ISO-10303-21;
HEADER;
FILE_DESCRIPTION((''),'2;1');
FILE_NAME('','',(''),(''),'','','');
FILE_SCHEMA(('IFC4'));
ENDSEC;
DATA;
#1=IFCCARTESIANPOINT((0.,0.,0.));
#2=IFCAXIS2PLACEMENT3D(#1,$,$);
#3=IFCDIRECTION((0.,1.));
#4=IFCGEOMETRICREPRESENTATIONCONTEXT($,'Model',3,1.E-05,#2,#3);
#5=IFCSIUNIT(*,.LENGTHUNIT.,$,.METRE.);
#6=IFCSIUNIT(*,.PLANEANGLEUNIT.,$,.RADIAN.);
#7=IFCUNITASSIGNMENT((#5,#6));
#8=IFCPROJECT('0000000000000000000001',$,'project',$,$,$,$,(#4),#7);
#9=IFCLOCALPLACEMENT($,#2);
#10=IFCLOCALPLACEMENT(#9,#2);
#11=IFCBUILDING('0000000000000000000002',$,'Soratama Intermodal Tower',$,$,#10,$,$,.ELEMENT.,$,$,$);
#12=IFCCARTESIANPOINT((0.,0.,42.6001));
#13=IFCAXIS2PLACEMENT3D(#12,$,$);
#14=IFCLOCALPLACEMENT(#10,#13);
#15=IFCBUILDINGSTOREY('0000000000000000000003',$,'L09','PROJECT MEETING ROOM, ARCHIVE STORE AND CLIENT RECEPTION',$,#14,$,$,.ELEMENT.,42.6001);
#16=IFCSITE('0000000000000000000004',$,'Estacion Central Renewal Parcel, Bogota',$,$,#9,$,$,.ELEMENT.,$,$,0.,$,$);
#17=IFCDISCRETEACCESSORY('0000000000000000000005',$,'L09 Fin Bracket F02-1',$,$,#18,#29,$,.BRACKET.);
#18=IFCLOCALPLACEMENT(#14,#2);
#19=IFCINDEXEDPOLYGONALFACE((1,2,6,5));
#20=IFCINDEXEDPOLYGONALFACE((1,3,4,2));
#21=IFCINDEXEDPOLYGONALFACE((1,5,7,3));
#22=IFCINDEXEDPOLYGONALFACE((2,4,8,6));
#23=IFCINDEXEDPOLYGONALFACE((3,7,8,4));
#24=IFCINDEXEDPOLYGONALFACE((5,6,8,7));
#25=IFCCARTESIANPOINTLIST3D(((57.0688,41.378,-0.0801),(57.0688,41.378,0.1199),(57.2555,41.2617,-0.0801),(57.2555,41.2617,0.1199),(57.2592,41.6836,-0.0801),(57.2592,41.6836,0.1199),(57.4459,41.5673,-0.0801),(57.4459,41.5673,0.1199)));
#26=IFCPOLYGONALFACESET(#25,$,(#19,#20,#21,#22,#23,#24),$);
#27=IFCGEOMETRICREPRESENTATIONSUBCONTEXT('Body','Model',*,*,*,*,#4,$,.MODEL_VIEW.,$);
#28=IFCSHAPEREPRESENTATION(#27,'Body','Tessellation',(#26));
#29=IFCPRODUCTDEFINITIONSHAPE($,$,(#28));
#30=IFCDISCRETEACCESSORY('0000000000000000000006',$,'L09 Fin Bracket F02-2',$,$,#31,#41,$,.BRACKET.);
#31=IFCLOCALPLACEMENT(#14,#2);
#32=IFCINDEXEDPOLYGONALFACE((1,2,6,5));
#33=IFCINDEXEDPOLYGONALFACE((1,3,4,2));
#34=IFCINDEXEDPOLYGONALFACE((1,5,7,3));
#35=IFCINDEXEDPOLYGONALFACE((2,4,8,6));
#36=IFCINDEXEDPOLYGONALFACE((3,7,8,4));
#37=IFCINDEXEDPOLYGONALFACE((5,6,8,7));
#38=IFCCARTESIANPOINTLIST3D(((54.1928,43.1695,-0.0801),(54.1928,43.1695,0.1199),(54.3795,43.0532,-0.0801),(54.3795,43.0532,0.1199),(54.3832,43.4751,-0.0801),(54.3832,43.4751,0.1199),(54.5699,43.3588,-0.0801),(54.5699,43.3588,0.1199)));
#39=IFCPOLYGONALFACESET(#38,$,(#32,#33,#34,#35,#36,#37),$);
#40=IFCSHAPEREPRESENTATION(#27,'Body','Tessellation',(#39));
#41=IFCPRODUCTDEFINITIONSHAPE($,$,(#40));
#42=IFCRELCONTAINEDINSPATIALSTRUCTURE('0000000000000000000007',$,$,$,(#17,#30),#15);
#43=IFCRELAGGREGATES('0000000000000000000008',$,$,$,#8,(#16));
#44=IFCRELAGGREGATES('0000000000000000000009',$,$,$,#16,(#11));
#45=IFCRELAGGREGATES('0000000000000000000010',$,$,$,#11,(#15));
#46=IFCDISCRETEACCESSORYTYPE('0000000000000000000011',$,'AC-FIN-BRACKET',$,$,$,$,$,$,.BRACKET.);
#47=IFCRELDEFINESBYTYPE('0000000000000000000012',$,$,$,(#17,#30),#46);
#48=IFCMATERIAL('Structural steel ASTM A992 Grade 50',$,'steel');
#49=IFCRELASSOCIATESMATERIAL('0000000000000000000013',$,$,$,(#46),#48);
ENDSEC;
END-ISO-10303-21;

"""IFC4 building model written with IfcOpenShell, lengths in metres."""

from ifc_helpers import new_model, si_unit, direction, frame, origin, origin_2d, place, context, subcontext, project, spatial, rectangle, extrude, material, type_object, element, save


model = new_model("IFC4")

# Units and contexts
model_context = context("Model", 3, precision=1e-05, world=origin(), true_north=direction((0.0, 1.0)))
body_context = subcontext(model_context, "Body", "Model", "MODEL_VIEW")
ifc_project = project(units=[si_unit("LENGTHUNIT", "METRE"), si_unit("PLANEANGLEUNIT", "RADIAN")], contexts=[model_context])

# Site, building, storey
site_placement = place(None, origin())
site = spatial("IfcSite", under=ifc_project, at=site_placement, Name="Estacion Central Renewal Parcel, Bogota", CompositionType="ELEMENT", RefElevation=0.0)
building_placement = place(site_placement, origin())
building = spatial("IfcBuilding", under=site, at=building_placement, Name="Soratama Intermodal Tower", CompositionType="ELEMENT")
storey_placement = place(building_placement, frame((0.0, 0.0, 42.6001)))
storey = spatial("IfcBuildingStorey", under=building, at=storey_placement, Name="L09", Description="PROJECT MEETING ROOM, ARCHIVE STORE AND CLIENT RECEPTION", CompositionType="ELEMENT", Elevation=42.6001)

# Discrete accessories
ifc_material_1 = material(Name="Structural steel ASTM A992 Grade 50", Category="steel")
discrete_accessory_type = type_object("IfcDiscreteAccessoryType", Name="AC-FIN-BRACKET", PredefinedType="BRACKET", material=ifc_material_1)
for number, where, z_axis, x_axis, name in (
    (1, (57.2573, 41.4727, -0.0801), (0.0, 0.0, 1.0), (0.528735, 0.848787, 0.0), "L09 Fin Bracket F02-1"),
    (2, (54.3813, 43.2642, -0.0801), (0.0, 0.0, 1.0), (0.528735, 0.848787, 0.0), "L09 Fin Bracket F02-2"),
):
    element("IfcDiscreteAccessory", number, at=place(storey_placement, frame(where, z_axis=z_axis, x_axis=x_axis)), inside=storey, type_object=discrete_accessory_type, Name=name, PredefinedType="BRACKET", context=body_context, shape_type="SweptSolid", body=[
        extrude(rectangle(XDim=0.3601, YDim=0.22, at=origin_2d()), origin(), (0.0, 0.0, 1.0), 0.2),
    ])

save(model, "model.ifc")
